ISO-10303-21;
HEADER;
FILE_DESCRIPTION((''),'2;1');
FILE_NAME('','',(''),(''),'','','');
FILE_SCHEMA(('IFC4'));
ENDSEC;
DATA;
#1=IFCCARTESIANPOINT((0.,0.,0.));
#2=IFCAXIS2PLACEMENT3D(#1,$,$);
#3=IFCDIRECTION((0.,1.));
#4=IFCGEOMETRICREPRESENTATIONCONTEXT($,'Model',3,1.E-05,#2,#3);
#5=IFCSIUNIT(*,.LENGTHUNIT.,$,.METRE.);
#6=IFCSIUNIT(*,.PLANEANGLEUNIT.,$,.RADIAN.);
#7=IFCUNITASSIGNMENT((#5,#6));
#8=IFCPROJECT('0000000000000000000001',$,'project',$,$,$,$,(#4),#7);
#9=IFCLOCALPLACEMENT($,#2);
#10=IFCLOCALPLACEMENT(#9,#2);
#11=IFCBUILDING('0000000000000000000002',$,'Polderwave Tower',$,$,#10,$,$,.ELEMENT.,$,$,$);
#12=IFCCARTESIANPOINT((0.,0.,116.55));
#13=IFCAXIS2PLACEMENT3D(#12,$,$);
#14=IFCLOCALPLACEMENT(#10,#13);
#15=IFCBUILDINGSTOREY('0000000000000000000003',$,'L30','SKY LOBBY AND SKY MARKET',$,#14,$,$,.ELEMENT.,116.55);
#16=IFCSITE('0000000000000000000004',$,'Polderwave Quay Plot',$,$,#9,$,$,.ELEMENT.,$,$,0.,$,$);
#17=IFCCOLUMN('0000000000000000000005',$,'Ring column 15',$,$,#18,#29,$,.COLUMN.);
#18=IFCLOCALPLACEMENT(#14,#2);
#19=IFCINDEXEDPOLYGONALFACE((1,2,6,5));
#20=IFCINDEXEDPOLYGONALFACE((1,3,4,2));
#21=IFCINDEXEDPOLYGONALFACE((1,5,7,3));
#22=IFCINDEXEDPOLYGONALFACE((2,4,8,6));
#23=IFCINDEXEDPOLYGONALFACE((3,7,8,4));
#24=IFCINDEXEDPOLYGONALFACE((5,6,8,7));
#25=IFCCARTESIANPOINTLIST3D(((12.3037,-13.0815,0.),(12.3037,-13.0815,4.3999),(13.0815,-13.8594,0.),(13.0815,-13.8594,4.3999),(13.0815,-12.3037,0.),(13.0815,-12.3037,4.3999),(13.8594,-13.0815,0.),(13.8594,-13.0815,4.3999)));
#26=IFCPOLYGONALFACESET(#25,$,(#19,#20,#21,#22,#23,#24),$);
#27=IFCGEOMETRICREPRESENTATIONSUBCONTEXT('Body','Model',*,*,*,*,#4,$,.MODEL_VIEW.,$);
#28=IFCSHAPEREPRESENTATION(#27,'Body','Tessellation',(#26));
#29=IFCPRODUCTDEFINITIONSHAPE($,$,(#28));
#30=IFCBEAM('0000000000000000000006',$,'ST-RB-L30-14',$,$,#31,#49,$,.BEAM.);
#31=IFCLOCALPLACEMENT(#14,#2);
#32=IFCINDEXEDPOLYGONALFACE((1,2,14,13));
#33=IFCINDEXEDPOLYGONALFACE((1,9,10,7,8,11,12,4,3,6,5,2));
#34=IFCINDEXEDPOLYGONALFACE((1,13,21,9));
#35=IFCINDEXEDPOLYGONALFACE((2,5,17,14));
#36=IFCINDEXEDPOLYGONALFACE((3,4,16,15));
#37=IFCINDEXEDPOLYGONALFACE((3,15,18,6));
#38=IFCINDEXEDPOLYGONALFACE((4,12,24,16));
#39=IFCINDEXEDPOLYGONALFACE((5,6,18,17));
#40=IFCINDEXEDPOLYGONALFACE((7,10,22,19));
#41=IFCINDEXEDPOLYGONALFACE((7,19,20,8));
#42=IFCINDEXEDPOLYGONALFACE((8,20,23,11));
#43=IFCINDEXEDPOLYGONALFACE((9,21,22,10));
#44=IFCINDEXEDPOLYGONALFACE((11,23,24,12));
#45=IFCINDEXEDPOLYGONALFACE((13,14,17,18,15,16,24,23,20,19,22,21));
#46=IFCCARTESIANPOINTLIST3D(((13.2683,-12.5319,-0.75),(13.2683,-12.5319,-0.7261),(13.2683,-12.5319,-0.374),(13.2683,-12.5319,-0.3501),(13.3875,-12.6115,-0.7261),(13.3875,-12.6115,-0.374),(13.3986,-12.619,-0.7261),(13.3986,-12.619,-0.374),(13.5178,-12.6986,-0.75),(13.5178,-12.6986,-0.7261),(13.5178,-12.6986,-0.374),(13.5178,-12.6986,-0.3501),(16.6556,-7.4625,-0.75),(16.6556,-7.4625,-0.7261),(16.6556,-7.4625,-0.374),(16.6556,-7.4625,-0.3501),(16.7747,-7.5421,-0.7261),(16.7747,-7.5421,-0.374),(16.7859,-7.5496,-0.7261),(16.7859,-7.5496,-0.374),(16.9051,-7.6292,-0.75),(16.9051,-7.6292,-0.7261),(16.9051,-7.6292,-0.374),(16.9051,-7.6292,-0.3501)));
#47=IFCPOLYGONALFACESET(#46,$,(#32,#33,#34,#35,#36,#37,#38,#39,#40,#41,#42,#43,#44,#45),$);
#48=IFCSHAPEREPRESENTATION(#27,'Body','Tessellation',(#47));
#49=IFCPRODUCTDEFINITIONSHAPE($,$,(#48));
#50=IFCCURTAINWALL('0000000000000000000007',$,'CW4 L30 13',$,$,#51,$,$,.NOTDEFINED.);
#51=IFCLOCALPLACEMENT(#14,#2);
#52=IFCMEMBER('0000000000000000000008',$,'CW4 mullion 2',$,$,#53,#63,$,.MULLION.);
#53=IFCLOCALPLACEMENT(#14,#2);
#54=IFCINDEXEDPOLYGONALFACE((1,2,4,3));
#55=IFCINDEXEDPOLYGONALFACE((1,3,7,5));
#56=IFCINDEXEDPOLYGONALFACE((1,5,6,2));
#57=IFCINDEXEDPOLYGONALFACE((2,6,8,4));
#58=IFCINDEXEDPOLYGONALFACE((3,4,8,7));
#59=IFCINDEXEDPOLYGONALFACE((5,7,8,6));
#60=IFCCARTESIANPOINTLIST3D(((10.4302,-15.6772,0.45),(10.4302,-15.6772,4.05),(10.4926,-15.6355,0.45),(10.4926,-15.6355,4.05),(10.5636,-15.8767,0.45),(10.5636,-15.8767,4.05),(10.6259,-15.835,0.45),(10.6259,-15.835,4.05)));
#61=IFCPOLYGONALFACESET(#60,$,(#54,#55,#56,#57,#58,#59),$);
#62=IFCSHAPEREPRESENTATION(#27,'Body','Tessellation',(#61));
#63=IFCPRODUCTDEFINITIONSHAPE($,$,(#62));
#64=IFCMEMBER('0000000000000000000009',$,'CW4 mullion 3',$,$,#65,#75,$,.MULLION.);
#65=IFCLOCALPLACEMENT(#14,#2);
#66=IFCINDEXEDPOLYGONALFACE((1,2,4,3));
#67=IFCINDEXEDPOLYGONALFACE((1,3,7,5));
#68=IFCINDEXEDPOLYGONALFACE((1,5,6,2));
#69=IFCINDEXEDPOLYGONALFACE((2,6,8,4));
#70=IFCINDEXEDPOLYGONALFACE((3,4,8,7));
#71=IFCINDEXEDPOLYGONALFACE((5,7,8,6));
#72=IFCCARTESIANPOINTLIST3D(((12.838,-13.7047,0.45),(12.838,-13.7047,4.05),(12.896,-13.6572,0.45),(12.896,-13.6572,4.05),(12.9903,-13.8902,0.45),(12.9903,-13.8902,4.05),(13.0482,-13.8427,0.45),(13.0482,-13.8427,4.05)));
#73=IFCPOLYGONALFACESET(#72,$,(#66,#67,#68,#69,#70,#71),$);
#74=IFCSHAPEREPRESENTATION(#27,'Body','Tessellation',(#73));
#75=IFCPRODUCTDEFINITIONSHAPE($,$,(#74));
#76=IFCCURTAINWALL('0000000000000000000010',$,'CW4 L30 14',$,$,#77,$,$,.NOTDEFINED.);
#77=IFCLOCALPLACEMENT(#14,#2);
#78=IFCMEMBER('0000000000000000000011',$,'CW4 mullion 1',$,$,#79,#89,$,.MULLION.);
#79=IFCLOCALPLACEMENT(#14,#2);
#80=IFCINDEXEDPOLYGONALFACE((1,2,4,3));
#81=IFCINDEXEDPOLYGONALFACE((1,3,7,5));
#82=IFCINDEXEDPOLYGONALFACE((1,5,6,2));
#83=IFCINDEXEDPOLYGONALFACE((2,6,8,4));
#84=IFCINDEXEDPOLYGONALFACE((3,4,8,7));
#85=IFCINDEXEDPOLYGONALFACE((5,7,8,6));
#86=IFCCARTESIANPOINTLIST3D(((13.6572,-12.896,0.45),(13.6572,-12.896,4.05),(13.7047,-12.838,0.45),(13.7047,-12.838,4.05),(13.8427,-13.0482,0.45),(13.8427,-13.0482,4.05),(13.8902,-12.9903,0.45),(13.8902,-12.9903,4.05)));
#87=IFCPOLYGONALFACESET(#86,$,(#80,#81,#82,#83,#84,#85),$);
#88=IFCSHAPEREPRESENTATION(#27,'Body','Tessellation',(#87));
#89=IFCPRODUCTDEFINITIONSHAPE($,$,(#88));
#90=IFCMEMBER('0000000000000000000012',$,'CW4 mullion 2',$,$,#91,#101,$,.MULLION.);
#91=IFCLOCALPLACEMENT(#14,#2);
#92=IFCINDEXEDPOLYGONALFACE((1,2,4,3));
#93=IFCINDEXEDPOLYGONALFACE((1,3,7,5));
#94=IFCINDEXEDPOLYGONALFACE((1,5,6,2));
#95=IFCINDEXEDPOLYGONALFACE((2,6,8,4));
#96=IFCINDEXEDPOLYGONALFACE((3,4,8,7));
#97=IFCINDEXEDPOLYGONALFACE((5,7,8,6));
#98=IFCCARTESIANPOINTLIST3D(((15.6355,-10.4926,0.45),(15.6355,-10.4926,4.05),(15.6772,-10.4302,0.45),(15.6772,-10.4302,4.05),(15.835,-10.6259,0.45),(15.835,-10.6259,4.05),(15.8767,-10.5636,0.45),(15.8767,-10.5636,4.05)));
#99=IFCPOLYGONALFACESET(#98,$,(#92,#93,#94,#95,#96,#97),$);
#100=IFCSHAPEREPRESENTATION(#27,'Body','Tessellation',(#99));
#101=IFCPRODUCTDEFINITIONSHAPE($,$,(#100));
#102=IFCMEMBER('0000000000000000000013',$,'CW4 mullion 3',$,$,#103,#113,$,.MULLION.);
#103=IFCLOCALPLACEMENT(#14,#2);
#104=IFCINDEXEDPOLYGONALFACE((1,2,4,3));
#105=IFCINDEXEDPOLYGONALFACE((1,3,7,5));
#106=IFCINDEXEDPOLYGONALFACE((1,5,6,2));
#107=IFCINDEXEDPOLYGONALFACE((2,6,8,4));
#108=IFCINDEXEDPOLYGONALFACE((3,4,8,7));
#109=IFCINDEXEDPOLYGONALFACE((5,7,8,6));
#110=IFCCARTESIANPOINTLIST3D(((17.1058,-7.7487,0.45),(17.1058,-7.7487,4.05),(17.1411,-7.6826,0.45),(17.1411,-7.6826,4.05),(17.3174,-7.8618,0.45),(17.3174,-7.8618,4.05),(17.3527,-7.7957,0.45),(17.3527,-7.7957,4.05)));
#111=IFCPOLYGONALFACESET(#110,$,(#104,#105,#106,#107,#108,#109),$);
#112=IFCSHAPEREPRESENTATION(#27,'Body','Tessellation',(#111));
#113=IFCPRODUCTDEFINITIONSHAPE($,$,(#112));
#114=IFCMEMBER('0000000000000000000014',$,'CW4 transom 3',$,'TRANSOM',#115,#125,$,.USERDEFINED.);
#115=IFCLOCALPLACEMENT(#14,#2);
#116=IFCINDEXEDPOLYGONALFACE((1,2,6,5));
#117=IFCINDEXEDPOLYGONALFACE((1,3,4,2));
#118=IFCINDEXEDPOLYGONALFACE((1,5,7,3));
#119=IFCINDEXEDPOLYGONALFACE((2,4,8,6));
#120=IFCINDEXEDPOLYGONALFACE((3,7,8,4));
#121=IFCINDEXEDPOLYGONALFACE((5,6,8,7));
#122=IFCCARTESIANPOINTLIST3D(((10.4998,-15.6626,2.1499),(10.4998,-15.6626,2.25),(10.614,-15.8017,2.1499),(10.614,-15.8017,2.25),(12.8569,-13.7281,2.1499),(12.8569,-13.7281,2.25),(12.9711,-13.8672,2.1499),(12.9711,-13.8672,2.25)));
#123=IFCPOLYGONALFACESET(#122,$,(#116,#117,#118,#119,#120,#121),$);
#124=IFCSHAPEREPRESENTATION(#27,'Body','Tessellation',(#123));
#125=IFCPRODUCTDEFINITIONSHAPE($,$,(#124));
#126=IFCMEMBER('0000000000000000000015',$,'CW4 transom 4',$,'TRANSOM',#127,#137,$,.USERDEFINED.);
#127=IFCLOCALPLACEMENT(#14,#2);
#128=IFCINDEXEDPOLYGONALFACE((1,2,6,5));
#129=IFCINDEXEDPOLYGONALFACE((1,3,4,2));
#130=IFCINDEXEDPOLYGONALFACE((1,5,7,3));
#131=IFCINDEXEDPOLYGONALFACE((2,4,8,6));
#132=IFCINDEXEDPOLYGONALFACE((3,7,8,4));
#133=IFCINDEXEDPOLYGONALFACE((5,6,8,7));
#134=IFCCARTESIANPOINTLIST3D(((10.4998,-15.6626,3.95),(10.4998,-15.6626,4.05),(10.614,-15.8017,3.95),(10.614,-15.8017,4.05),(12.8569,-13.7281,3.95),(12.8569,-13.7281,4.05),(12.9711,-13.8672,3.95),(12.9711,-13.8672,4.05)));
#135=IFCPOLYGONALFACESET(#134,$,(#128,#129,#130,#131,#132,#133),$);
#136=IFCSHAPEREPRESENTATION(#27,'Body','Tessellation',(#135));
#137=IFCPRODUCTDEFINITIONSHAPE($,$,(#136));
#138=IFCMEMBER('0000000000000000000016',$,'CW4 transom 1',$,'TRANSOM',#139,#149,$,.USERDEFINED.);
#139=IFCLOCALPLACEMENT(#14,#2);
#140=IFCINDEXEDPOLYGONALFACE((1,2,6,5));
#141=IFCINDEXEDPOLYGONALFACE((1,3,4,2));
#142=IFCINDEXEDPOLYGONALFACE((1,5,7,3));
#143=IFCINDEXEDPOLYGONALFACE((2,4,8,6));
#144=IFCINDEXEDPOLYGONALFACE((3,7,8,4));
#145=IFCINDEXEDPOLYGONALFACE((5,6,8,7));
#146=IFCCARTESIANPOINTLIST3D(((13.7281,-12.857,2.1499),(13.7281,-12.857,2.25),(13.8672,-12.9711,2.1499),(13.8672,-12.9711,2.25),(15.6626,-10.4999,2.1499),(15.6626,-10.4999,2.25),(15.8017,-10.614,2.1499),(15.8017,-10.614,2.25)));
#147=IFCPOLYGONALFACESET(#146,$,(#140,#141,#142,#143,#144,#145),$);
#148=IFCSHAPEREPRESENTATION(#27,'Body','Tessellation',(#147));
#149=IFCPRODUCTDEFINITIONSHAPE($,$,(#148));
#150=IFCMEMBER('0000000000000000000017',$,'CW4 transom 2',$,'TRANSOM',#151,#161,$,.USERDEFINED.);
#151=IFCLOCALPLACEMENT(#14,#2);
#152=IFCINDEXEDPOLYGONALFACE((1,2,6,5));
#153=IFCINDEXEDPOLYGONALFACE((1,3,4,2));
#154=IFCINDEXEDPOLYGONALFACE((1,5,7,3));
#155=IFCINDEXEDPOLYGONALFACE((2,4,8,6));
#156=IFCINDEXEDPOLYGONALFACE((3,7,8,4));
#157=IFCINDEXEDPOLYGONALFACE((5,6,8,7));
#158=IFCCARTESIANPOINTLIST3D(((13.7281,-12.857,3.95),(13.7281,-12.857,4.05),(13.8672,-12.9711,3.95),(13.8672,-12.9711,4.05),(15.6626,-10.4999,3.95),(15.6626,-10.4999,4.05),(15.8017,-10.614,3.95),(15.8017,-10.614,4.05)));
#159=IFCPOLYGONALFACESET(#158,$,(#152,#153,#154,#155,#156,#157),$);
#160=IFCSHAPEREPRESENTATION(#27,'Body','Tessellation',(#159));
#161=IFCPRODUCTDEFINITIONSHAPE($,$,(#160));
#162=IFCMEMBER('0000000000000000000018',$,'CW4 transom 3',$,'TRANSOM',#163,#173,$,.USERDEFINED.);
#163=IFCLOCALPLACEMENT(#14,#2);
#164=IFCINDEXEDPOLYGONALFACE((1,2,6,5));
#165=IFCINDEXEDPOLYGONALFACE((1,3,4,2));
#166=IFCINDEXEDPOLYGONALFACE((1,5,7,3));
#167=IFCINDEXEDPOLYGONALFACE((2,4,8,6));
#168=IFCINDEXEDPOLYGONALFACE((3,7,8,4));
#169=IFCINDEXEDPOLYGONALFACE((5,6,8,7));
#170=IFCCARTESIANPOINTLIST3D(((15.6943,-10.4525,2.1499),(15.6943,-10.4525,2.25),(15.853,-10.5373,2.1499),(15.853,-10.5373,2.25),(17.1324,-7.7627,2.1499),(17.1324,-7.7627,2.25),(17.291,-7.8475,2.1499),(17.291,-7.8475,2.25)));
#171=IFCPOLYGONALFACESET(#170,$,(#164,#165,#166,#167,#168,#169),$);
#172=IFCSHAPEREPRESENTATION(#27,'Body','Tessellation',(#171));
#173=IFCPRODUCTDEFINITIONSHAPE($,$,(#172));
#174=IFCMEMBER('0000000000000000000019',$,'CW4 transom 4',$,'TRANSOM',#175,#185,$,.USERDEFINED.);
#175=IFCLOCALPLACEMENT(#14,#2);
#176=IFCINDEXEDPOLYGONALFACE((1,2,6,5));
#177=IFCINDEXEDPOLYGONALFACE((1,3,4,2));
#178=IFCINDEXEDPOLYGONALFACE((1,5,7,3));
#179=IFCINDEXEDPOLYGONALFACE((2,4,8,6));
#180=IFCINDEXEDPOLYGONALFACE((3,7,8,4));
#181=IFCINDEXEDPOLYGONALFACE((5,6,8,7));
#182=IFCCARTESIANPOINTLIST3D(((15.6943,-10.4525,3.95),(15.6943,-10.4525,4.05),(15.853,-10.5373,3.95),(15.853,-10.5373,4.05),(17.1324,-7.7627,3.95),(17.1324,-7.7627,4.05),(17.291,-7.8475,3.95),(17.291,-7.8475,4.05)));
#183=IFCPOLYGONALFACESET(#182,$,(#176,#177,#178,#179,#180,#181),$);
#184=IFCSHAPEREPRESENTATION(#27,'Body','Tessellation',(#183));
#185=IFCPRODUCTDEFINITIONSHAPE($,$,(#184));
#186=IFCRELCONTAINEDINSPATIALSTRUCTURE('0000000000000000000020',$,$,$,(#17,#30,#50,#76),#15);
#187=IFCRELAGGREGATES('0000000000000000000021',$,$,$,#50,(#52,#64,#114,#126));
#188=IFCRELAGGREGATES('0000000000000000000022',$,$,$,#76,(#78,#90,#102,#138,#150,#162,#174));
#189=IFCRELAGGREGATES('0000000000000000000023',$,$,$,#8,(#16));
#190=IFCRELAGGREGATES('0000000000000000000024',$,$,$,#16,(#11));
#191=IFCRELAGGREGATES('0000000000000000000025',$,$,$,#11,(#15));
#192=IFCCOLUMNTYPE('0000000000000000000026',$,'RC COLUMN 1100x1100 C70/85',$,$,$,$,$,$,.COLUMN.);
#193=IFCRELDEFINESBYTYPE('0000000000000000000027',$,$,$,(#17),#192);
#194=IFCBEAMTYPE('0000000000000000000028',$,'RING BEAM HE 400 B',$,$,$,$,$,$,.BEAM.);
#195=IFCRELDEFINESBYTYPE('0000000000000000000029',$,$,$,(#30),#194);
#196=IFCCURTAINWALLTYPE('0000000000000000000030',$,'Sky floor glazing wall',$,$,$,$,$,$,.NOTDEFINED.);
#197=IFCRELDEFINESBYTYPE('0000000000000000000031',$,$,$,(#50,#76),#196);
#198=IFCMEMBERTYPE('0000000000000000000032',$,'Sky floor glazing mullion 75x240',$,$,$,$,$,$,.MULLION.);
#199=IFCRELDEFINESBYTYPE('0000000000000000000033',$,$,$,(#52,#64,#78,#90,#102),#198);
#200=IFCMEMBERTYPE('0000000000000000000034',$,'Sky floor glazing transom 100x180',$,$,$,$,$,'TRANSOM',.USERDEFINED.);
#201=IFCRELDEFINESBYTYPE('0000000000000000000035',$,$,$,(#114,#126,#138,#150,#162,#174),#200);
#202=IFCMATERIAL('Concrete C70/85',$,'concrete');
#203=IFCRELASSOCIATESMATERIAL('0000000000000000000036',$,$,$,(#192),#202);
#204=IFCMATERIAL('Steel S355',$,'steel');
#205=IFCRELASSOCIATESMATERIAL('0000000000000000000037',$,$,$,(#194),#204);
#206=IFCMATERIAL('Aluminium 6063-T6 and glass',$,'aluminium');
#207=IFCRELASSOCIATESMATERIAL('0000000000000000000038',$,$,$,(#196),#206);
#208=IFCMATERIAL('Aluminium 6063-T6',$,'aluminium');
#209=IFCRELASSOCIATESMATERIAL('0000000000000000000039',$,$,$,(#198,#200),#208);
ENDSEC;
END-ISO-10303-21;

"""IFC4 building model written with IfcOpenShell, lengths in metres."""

from ifc_helpers import new_model, si_unit, direction, frame, origin, origin_2d, place, context, subcontext, project, spatial, rectangle, i_section, extrude, material, material_profile, profile_set, type_object, element, aggregate, save


model = new_model("IFC4")

# Units and contexts
model_context = context("Model", 3, precision=1e-05, world=origin(), true_north=direction((0.0, 1.0)))
body_context = subcontext(model_context, "Body", "Model", "MODEL_VIEW")
ifc_project = project(units=[si_unit("LENGTHUNIT", "METRE"), si_unit("PLANEANGLEUNIT", "RADIAN")], contexts=[model_context])

# Site, building, storey
site_placement = place(None, origin())
site = spatial("IfcSite", under=ifc_project, at=site_placement, Name="Polderwave Quay Plot", CompositionType="ELEMENT", RefElevation=0.0)
building_placement = place(site_placement, origin())
building = spatial("IfcBuilding", under=site, at=building_placement, Name="Polderwave Tower", CompositionType="ELEMENT")
storey_placement = place(building_placement, frame((0.0, 0.0, 116.55)))
storey = spatial("IfcBuildingStorey", under=building, at=storey_placement, Name="L30", Description="SKY LOBBY AND SKY MARKET", CompositionType="ELEMENT", Elevation=116.55)

# Column
ifc_material_1 = material(Name="Concrete C70/85", Category="concrete")
ifc_material_profile_1 = material_profile(ifc_material_1, rectangle(XDim=1.1001, YDim=1.1001, at=origin_2d()), Name="RC 1100x1100")
ifc_profile_set_1 = profile_set([ifc_material_profile_1], Name="Concrete C70/85")
column_type = type_object("IfcColumnType", Name="RC COLUMN 1100x1100 C70/85", PredefinedType="COLUMN", material=ifc_profile_set_1)
column_placement = place(storey_placement, frame((13.0815, -13.0815, 0.0), z_axis=(0.0, 0.0, 1.0), x_axis=(0.707107, -0.707107, 0.0)))
element("IfcColumn", 1, at=column_placement, inside=storey, type_object=column_type, Name="Ring column 15", PredefinedType="COLUMN", context=body_context, shape_type="SweptSolid", body=[
    extrude(rectangle(XDim=1.1001, YDim=1.1001, at=origin_2d()), origin(), (0.0, 0.0, 1.0), 4.3999),
])

# Beam
ifc_material_2 = material(Name="Steel S355", Category="steel")
ifc_material_profile_2 = material_profile(ifc_material_2, i_section(OverallWidth=0.3, OverallDepth=0.3999, WebThickness=0.0134, FlangeThickness=0.0239, at=origin_2d()), Name="HE 400 B")
ifc_profile_set_2 = profile_set([ifc_material_profile_2], Name="Steel S355")
beam_type = type_object("IfcBeamType", Name="RING BEAM HE 400 B", PredefinedType="BEAM", material=ifc_profile_set_2)
beam_placement = place(storey_placement, frame((13.3931, -12.6152, -0.55), z_axis=(0.555569, 0.831471, 0.0), x_axis=(-0.831471, 0.555569, 0.0)))
element("IfcBeam", 2, at=beam_placement, inside=storey, type_object=beam_type, Name="ST-RB-L30-14", PredefinedType="BEAM", context=body_context, shape_type="SweptSolid", body=[
    extrude(i_section(OverallWidth=0.3, OverallDepth=0.3999, WebThickness=0.0134, FlangeThickness=0.0239, at=origin_2d()), origin(), (0.0, 0.0, 1.0), 6.0969),
])

# Curtain walls, members
ifc_material_3 = material(Name="Aluminium 6063-T6 and glass", Category="aluminium")
curtain_wall_type = type_object("IfcCurtainWallType", Name="Sky floor glazing wall", PredefinedType="NOTDEFINED", material=ifc_material_3)
curtain_wall_1_placement = place(storey_placement, origin())
curtain_wall_1 = element("IfcCurtainWall", 3, at=curtain_wall_1_placement, inside=storey, type_object=curtain_wall_type, Name="CW4 L30 13", PredefinedType="NOTDEFINED")
ifc_material_4 = material(Name="Aluminium 6063-T6", Category="aluminium")
ifc_material_profile_3 = material_profile(ifc_material_4, rectangle(XDim=0.24, YDim=0.075, at=origin_2d()), Name="AL 75x240")
ifc_profile_set_3 = profile_set([ifc_material_profile_3], Name="Aluminium 6063-T6")
member_type_1 = type_object("IfcMemberType", Name="Sky floor glazing mullion 75x240", PredefinedType="MULLION", material=ifc_profile_set_3)
member_1_placement = place(storey_placement, frame((10.5281, -15.7561, 0.45), z_axis=(0.0, 0.0, 1.0), x_axis=(-0.555625, 0.831433, 0.0)))
member_1 = element("IfcMember", 4, at=member_1_placement, type_object=member_type_1, Name="CW4 mullion 2", PredefinedType="MULLION", context=body_context, shape_type="SweptSolid", body=[
    extrude(rectangle(XDim=0.24, YDim=0.075, at=origin_2d()), origin(), (0.0, 0.0, 1.0), 3.6001),
])
member_2_placement = place(storey_placement, frame((12.9431, -13.7737, 0.45), z_axis=(0.0, 0.0, 1.0), x_axis=(-0.634443, 0.772969, 0.0)))
member_2 = element("IfcMember", 5, at=member_2_placement, type_object=member_type_1, Name="CW4 mullion 3", PredefinedType="MULLION", context=body_context, shape_type="SweptSolid", body=[
    extrude(rectangle(XDim=0.24, YDim=0.075, at=origin_2d()), origin(), (0.0, 0.0, 1.0), 3.6001),
])
curtain_wall_2_placement = place(storey_placement, origin())
curtain_wall_2 = element("IfcCurtainWall", 6, at=curtain_wall_2_placement, inside=storey, type_object=curtain_wall_type, Name="CW4 L30 14", PredefinedType="NOTDEFINED")
member_3_placement = place(storey_placement, frame((13.7737, -12.9431, 0.45), z_axis=(0.0, 0.0, 1.0), x_axis=(-0.772969, 0.634443, 0.0)))
member_3 = element("IfcMember", 7, at=member_3_placement, type_object=member_type_1, Name="CW4 mullion 1", PredefinedType="MULLION", context=body_context, shape_type="SweptSolid", body=[
    extrude(rectangle(XDim=0.24, YDim=0.075, at=origin_2d()), origin(), (0.0, 0.0, 1.0), 3.6001),
])
member_4_placement = place(storey_placement, frame((15.7561, -10.5281, 0.45), z_axis=(0.0, 0.0, 1.0), x_axis=(-0.831433, 0.555625, 0.0)))
member_4 = element("IfcMember", 8, at=member_4_placement, type_object=member_type_1, Name="CW4 mullion 2", PredefinedType="MULLION", context=body_context, shape_type="SweptSolid", body=[
    extrude(rectangle(XDim=0.24, YDim=0.075, at=origin_2d()), origin(), (0.0, 0.0, 1.0), 3.6001),
])
member_5_placement = place(storey_placement, frame((17.2292, -7.7722, 0.45), z_axis=(0.0, 0.0, 1.0), x_axis=(-0.881888, 0.471458, 0.0)))
member_5 = element("IfcMember", 9, at=member_5_placement, type_object=member_type_1, Name="CW4 mullion 3", PredefinedType="MULLION", context=body_context, shape_type="SweptSolid", body=[
    extrude(rectangle(XDim=0.24, YDim=0.075, at=origin_2d()), origin(), (0.0, 0.0, 1.0), 3.6001),
])

# Members
ifc_material_profile_4 = material_profile(ifc_material_4, rectangle(XDim=0.1799, YDim=0.1001, at=origin_2d()), Name="AL 100x180")
ifc_profile_set_4 = profile_set([ifc_material_profile_4], Name="Aluminium 6063-T6")
member_type_2 = type_object("IfcMemberType", Name="Sky floor glazing transom 100x180", ElementType="TRANSOM", PredefinedType="USERDEFINED", material=ifc_profile_set_4)
member_6_placement = place(storey_placement, frame((10.5569, -15.7322, 2.2), z_axis=(0.772997, 0.63441, 0.0), x_axis=(-0.63441, 0.772997, 0.0)))
member_6 = element("IfcMember", 10, at=member_6_placement, type_object=member_type_2, Name="CW4 transom 3", ObjectType="TRANSOM", PredefinedType="USERDEFINED", context=body_context, shape_type="SweptSolid", body=[
    extrude(rectangle(XDim=0.1799, YDim=0.1001, at=origin_2d()), origin(), (0.0, 0.0, 1.0), 3.0493),
])
member_7_placement = place(storey_placement, frame((10.5569, -15.7322, 4.0), z_axis=(0.772997, 0.63441, 0.0), x_axis=(-0.63441, 0.772997, 0.0)))
member_7 = element("IfcMember", 11, at=member_7_placement, type_object=member_type_2, Name="CW4 transom 4", ObjectType="TRANSOM", PredefinedType="USERDEFINED", context=body_context, shape_type="SweptSolid", body=[
    extrude(rectangle(XDim=0.1799, YDim=0.1001, at=origin_2d()), origin(), (0.0, 0.0, 1.0), 3.0493),
])
member_8_placement = place(storey_placement, frame((13.7976, -12.9141, 2.2), z_axis=(0.63441, 0.772997, 0.0), x_axis=(-0.772997, 0.63441, 0.0)))
member_8 = element("IfcMember", 12, at=member_8_placement, type_object=member_type_2, Name="CW4 transom 1", ObjectType="TRANSOM", PredefinedType="USERDEFINED", context=body_context, shape_type="SweptSolid", body=[
    extrude(rectangle(XDim=0.1799, YDim=0.1001, at=origin_2d()), origin(), (0.0, 0.0, 1.0), 3.0493),
])
member_9_placement = place(storey_placement, frame((13.7976, -12.9141, 4.0), z_axis=(0.63441, 0.772997, 0.0), x_axis=(-0.772997, 0.63441, 0.0)))
member_9 = element("IfcMember", 13, at=member_9_placement, type_object=member_type_2, Name="CW4 transom 2", ObjectType="TRANSOM", PredefinedType="USERDEFINED", context=body_context, shape_type="SweptSolid", body=[
    extrude(rectangle(XDim=0.1799, YDim=0.1001, at=origin_2d()), origin(), (0.0, 0.0, 1.0), 3.0493),
])
member_10_placement = place(storey_placement, frame((15.7737, -10.4949, 2.2), z_axis=(0.471477, 0.881878, 0.0), x_axis=(-0.881878, 0.471477, 0.0)))
member_10 = element("IfcMember", 14, at=member_10_placement, type_object=member_type_2, Name="CW4 transom 3", ObjectType="TRANSOM", PredefinedType="USERDEFINED", context=body_context, shape_type="SweptSolid", body=[
    extrude(rectangle(XDim=0.1799, YDim=0.1001, at=origin_2d()), origin(), (0.0, 0.0, 1.0), 3.05),
])
member_11_placement = place(storey_placement, frame((15.7737, -10.4949, 4.0), z_axis=(0.471477, 0.881878, 0.0), x_axis=(-0.881878, 0.471477, 0.0)))
member_11 = element("IfcMember", 15, at=member_11_placement, type_object=member_type_2, Name="CW4 transom 4", ObjectType="TRANSOM", PredefinedType="USERDEFINED", context=body_context, shape_type="SweptSolid", body=[
    extrude(rectangle(XDim=0.1799, YDim=0.1001, at=origin_2d()), origin(), (0.0, 0.0, 1.0), 3.05),
])

aggregate(curtain_wall_1, [member_1, member_2, member_6, member_7])
aggregate(curtain_wall_2, [member_3, member_4, member_5, member_8, member_9, member_10, member_11])

save(model, "model.ifc")
